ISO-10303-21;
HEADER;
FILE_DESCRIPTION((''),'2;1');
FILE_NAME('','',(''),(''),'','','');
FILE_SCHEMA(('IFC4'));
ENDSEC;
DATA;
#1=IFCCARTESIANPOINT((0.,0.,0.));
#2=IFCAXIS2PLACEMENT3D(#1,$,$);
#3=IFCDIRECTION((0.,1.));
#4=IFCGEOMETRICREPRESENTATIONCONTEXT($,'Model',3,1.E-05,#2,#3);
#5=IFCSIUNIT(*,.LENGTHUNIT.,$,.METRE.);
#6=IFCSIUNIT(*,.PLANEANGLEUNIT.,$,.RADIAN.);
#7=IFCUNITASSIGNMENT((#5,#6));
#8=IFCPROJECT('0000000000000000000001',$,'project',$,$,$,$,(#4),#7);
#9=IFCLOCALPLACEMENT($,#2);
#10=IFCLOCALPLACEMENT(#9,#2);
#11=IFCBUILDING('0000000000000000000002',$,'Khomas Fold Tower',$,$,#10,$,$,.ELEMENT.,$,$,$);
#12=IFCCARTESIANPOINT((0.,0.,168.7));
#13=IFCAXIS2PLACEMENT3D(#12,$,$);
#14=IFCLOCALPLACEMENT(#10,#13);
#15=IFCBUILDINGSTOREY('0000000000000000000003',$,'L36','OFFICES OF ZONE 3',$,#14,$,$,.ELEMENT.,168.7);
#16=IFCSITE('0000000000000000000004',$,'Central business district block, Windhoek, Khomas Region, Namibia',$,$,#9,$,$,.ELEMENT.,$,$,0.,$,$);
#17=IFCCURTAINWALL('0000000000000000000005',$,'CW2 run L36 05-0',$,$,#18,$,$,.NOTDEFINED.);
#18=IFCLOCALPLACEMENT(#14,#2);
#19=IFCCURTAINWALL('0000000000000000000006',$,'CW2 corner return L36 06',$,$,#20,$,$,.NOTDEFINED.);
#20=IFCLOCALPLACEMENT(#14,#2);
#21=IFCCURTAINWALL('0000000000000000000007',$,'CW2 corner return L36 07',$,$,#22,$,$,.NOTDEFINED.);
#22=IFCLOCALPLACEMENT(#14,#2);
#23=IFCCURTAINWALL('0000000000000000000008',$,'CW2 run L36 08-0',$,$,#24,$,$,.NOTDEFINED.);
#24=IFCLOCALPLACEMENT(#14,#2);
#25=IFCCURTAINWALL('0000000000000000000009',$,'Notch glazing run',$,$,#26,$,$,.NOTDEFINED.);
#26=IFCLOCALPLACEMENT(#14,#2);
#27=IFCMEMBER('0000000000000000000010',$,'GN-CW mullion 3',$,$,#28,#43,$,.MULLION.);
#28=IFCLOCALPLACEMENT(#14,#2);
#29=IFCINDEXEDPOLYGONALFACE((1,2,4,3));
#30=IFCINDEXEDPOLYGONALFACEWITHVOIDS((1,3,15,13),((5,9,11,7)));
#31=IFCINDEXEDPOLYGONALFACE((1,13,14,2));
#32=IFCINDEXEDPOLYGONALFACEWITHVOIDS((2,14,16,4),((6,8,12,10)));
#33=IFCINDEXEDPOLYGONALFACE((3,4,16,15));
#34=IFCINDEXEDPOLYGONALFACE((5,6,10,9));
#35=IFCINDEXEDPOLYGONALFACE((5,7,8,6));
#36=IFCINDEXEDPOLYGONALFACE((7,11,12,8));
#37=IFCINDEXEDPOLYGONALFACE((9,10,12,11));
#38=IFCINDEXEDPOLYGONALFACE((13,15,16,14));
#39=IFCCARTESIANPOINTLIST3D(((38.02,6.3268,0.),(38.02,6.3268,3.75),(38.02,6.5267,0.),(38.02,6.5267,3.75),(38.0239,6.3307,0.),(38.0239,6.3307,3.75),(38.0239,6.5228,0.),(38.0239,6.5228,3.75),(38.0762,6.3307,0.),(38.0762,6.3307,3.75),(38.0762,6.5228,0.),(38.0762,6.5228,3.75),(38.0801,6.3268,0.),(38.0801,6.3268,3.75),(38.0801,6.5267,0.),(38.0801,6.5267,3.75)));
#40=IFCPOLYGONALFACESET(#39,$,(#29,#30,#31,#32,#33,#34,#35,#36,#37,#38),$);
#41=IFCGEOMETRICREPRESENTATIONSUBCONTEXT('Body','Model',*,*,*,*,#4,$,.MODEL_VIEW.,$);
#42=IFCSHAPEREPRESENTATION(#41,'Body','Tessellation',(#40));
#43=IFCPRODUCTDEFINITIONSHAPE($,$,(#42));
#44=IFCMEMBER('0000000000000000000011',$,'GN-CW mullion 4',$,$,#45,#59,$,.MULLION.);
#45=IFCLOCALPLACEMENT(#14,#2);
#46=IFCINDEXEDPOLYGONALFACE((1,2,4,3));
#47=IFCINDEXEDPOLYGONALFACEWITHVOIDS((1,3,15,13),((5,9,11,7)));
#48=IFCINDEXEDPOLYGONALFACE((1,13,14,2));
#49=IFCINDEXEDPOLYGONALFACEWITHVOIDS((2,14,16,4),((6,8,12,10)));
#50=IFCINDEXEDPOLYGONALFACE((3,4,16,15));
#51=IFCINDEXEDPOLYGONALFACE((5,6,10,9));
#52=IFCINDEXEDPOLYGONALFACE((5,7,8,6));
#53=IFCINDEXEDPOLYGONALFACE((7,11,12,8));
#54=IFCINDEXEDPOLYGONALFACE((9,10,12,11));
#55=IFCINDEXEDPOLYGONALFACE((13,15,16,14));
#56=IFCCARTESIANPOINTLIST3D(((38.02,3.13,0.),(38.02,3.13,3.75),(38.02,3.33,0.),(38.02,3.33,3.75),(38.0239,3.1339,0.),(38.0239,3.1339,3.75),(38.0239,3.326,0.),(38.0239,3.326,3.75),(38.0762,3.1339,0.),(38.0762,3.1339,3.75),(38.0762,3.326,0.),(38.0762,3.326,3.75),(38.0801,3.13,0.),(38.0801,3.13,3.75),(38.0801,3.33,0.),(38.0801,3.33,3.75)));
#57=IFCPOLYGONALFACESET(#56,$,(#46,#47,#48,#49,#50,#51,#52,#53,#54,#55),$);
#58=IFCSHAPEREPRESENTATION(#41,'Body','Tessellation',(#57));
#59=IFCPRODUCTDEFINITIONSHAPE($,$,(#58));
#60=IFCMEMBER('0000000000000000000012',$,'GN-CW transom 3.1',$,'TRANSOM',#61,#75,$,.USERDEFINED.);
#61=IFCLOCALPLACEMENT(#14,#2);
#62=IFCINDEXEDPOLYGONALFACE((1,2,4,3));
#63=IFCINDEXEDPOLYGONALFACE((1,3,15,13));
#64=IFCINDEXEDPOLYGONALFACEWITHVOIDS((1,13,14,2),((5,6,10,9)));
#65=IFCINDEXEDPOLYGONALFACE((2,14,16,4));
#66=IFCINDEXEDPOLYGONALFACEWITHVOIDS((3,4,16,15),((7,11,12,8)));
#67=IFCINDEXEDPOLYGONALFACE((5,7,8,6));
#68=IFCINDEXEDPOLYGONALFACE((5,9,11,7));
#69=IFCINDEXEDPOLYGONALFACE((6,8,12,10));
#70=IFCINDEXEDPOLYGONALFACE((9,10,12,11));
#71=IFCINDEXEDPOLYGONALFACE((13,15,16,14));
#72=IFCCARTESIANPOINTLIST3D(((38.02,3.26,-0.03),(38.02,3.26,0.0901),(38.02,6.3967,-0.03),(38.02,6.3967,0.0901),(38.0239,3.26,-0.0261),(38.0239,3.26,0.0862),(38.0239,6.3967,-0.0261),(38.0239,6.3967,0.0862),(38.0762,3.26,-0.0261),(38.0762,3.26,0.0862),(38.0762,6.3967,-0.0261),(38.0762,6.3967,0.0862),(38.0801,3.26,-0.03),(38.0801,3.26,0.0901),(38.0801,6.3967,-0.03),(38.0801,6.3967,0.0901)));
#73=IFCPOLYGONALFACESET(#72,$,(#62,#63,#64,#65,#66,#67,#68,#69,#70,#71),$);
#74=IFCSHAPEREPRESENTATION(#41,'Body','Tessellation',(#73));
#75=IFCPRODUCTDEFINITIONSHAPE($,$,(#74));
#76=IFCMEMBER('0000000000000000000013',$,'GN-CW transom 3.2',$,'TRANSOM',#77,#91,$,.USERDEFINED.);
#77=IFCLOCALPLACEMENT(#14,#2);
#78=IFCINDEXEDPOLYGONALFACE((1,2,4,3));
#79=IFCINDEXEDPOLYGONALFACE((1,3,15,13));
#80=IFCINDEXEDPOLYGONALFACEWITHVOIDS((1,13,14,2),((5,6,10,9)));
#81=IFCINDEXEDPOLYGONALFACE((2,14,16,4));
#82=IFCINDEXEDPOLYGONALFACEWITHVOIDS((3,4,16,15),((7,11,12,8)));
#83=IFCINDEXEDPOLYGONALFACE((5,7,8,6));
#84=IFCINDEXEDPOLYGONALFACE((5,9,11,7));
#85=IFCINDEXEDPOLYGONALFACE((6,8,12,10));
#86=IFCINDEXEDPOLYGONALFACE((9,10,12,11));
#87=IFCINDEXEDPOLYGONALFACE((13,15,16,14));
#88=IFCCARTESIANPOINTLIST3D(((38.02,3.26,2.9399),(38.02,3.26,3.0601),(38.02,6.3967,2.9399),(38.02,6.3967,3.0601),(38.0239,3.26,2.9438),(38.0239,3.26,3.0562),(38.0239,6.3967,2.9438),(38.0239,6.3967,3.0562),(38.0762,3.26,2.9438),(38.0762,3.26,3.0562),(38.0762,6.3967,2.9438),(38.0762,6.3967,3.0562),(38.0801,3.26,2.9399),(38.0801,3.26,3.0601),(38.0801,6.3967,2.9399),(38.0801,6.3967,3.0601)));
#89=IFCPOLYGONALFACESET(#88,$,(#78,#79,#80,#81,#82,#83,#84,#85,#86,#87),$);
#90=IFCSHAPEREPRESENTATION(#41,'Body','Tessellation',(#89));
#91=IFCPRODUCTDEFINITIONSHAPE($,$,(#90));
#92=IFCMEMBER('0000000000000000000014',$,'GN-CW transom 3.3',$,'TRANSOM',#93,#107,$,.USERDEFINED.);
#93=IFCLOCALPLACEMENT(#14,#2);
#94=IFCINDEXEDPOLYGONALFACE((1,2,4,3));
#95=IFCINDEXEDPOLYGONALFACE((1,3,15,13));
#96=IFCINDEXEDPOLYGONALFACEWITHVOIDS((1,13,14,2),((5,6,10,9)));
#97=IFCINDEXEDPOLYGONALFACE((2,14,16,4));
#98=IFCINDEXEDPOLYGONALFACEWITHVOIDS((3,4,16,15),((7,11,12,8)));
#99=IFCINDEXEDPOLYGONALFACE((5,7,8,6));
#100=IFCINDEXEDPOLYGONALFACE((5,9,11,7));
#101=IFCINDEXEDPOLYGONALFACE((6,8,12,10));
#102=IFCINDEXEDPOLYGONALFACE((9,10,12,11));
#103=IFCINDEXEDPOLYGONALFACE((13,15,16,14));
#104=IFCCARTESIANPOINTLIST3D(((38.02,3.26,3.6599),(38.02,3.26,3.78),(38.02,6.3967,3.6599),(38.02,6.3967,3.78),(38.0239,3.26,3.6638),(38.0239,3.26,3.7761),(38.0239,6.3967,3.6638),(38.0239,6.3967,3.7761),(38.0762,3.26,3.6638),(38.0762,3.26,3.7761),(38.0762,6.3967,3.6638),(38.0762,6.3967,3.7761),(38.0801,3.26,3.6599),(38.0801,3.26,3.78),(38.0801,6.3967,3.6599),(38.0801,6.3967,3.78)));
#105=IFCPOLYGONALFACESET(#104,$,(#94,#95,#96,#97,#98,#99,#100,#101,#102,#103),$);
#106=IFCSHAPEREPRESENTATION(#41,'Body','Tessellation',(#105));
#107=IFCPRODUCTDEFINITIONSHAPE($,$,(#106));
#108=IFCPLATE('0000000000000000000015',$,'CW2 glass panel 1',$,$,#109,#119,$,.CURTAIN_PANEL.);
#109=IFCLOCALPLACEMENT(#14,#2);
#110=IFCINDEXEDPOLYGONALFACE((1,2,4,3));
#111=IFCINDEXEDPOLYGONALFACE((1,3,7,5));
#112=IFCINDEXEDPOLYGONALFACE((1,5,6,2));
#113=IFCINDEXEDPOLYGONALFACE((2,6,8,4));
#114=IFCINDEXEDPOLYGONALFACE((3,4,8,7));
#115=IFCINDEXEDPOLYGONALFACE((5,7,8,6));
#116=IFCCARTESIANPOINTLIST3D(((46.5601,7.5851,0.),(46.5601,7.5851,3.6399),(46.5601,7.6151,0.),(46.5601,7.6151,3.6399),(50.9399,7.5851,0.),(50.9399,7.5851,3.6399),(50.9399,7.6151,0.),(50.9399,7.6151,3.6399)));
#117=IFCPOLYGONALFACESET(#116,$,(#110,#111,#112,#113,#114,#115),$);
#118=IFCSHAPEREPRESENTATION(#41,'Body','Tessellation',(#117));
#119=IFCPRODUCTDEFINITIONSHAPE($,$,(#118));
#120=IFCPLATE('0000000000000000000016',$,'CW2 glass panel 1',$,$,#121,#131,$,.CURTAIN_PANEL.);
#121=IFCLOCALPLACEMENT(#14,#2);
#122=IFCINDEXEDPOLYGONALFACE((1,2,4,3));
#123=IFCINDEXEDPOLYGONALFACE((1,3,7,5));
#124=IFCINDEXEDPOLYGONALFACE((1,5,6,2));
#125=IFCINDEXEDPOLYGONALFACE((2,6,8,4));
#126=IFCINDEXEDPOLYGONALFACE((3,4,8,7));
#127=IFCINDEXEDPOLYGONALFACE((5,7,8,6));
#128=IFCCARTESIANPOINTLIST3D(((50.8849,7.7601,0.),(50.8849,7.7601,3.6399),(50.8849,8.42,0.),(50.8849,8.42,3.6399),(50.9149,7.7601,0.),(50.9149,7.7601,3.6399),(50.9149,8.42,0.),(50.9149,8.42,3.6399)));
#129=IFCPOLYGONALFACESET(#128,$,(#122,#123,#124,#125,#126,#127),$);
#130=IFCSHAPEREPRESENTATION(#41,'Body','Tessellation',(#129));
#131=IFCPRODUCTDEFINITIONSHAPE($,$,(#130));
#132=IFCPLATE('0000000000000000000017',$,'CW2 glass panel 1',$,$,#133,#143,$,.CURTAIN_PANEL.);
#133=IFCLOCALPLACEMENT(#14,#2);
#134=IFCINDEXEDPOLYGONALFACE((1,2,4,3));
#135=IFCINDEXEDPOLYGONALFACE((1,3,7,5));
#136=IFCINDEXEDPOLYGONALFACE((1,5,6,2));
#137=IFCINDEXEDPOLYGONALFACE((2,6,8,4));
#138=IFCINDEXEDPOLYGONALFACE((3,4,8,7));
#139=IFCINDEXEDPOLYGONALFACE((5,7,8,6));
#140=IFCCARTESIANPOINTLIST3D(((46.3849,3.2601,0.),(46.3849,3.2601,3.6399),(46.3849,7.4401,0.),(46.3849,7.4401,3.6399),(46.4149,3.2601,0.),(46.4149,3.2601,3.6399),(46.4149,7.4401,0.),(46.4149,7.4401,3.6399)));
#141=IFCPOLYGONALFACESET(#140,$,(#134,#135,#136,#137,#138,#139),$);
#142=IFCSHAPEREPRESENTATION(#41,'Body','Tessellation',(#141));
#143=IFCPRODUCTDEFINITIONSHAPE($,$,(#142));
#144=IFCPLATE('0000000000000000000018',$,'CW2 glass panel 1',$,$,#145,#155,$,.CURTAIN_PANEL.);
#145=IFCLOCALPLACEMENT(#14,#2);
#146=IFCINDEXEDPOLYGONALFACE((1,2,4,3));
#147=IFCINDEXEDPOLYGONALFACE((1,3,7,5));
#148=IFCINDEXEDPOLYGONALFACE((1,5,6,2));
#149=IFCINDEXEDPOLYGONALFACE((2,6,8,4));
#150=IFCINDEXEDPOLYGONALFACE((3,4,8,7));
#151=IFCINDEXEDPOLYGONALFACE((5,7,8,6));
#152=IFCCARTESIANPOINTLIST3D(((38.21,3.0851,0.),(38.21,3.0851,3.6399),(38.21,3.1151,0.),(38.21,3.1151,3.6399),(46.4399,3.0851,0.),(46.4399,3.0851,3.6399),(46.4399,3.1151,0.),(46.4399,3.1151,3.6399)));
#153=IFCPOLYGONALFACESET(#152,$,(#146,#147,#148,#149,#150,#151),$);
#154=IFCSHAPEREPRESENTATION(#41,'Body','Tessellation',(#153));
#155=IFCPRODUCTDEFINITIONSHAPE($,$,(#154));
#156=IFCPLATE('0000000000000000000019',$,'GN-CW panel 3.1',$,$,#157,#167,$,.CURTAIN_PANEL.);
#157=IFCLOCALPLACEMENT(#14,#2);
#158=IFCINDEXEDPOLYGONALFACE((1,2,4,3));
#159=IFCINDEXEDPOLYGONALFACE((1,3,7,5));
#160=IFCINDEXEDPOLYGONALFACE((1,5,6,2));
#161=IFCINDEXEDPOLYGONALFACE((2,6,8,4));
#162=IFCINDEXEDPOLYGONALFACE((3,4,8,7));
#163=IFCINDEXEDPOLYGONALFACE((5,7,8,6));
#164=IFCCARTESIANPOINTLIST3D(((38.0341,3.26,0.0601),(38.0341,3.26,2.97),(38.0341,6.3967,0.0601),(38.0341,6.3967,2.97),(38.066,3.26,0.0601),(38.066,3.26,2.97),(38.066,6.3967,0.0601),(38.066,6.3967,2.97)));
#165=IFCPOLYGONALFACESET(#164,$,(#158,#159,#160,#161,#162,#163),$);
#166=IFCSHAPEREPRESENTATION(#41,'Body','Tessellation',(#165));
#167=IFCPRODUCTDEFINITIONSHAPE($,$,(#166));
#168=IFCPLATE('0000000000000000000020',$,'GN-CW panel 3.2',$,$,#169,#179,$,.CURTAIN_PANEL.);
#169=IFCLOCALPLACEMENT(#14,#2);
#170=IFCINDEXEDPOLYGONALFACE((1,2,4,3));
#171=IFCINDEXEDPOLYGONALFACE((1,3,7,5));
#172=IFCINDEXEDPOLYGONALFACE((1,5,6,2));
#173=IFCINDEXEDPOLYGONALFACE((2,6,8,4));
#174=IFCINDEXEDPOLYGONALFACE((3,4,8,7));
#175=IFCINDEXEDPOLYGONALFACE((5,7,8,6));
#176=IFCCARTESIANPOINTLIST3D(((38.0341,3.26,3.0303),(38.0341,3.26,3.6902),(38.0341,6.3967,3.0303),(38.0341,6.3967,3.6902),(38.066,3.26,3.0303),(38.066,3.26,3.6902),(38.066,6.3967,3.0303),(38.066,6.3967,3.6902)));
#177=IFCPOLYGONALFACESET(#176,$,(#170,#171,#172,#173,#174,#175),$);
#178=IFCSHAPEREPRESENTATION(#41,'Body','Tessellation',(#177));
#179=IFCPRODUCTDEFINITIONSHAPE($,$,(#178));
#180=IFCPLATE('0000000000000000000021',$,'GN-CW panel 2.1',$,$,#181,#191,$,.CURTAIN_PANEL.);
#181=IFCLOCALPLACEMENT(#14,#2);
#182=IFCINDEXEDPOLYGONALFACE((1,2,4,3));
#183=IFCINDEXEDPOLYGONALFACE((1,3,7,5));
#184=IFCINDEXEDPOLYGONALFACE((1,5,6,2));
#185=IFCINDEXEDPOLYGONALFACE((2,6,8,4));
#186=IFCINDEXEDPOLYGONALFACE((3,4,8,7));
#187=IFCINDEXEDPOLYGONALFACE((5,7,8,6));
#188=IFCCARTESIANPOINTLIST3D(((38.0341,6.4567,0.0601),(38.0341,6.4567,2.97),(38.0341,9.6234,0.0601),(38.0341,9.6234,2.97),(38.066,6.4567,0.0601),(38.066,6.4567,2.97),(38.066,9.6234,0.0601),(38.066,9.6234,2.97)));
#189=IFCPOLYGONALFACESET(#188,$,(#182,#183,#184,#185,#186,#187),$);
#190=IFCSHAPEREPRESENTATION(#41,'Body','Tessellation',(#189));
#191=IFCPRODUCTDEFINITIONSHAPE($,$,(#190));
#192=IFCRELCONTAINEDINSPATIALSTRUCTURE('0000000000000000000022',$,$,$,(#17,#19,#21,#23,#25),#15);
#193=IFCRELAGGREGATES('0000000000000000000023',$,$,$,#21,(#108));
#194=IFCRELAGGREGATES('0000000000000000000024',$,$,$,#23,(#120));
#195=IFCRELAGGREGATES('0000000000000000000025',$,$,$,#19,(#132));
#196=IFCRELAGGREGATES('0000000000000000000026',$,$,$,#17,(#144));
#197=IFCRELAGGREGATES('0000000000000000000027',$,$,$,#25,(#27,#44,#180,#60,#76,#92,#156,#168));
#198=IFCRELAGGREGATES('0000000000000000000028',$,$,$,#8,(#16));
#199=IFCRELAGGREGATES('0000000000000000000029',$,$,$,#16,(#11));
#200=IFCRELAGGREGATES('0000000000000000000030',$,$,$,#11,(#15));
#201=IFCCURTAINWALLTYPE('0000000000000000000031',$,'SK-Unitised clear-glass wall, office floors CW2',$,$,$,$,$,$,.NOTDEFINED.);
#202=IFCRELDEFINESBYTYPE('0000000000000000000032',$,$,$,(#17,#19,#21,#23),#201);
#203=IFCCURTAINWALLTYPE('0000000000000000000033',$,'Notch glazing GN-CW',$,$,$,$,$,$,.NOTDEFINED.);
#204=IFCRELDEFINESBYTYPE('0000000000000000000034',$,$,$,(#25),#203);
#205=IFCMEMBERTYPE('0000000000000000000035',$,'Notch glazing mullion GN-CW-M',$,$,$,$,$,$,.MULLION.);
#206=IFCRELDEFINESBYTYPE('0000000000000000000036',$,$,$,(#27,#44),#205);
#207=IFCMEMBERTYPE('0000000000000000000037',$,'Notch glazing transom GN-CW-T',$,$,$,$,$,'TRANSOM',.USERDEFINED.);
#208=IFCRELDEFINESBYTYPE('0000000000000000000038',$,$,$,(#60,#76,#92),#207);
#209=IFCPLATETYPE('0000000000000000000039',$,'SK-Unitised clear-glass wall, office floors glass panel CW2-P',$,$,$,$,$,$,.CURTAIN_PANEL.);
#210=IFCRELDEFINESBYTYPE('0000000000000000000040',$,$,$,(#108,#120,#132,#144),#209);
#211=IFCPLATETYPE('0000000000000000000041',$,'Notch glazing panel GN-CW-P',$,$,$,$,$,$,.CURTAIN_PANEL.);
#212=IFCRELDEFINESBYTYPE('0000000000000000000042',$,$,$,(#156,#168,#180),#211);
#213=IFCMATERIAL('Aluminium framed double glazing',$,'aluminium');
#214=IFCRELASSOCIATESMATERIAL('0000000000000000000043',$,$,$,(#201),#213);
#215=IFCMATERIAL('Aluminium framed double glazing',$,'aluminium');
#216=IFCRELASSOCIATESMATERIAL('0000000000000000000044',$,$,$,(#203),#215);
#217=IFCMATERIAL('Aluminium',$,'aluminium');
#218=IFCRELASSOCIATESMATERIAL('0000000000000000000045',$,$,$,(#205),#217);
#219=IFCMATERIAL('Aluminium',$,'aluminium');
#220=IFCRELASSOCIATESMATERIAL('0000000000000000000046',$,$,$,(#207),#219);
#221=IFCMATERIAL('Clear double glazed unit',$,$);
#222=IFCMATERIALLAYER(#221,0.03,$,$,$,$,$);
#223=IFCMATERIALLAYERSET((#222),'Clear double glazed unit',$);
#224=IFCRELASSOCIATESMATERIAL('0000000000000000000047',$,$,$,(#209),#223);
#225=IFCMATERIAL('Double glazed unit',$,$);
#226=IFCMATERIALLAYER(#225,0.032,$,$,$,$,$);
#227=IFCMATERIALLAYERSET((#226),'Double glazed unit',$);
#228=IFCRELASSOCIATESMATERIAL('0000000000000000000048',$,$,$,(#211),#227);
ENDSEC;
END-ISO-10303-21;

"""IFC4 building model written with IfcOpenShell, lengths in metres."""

from ifc_helpers import new_model, si_unit, direction, frame, origin, origin_2d, place, context, subcontext, project, spatial, rectangle, hollow_rectangle, extrude, source, transform, mapped, material, layer, layer_set, material_profile, profile_set, type_object, element, aggregate, save


model = new_model("IFC4")

# Units and contexts
model_context = context("Model", 3, precision=1e-05, world=origin(), true_north=direction((0.0, 1.0)))
body_context = subcontext(model_context, "Body", "Model", "MODEL_VIEW")
ifc_project = project(units=[si_unit("LENGTHUNIT", "METRE"), si_unit("PLANEANGLEUNIT", "RADIAN")], contexts=[model_context])

# Site, building, storey
site_placement = place(None, origin())
site = spatial("IfcSite", under=ifc_project, at=site_placement, Name="Central business district block, Windhoek, Khomas Region, Namibia", CompositionType="ELEMENT", RefElevation=0.0)
building_placement = place(site_placement, origin())
building = spatial("IfcBuilding", under=site, at=building_placement, Name="Khomas Fold Tower", CompositionType="ELEMENT")
storey_placement = place(building_placement, frame((0.0, 0.0, 168.7)))
storey = spatial("IfcBuildingStorey", under=building, at=storey_placement, Name="L36", Description="OFFICES OF ZONE 3", CompositionType="ELEMENT", Elevation=168.7)

# Curtain walls
ifc_material_1 = material(Name="Aluminium framed double glazing", Category="aluminium")
curtain_wall_type_1 = type_object("IfcCurtainWallType", Name="SK-Unitised clear-glass wall, office floors CW2", PredefinedType="NOTDEFINED", material=ifc_material_1)
curtain_wall_1_placement = place(storey_placement, origin())
curtain_wall_1 = element("IfcCurtainWall", 1, at=curtain_wall_1_placement, inside=storey, type_object=curtain_wall_type_1, Name="CW2 run L36 05-0", PredefinedType="NOTDEFINED")
curtain_wall_2_placement = place(storey_placement, origin())
curtain_wall_2 = element("IfcCurtainWall", 2, at=curtain_wall_2_placement, inside=storey, type_object=curtain_wall_type_1, Name="CW2 corner return L36 06", PredefinedType="NOTDEFINED")
curtain_wall_3_placement = place(storey_placement, origin())
curtain_wall_3 = element("IfcCurtainWall", 3, at=curtain_wall_3_placement, inside=storey, type_object=curtain_wall_type_1, Name="CW2 corner return L36 07", PredefinedType="NOTDEFINED")

# Curtain wall
curtain_wall_4_placement = place(storey_placement, origin())
curtain_wall_4 = element("IfcCurtainWall", 4, at=curtain_wall_4_placement, inside=storey, type_object=curtain_wall_type_1, Name="CW2 run L36 08-0", PredefinedType="NOTDEFINED")

# Curtain wall, members
ifc_material_2 = material(Name="Aluminium framed double glazing", Category="aluminium")
curtain_wall_type_2 = type_object("IfcCurtainWallType", Name="Notch glazing GN-CW", PredefinedType="NOTDEFINED", material=ifc_material_2)
curtain_wall_5_placement = place(storey_placement, origin())
curtain_wall_5 = element("IfcCurtainWall", 5, at=curtain_wall_5_placement, inside=storey, type_object=curtain_wall_type_2, Name="Notch glazing run", PredefinedType="NOTDEFINED")
ifc_material_3 = material(Name="Aluminium", Category="aluminium")
ifc_material_profile_1 = material_profile(ifc_material_3, hollow_rectangle(XDim=0.0601, YDim=0.2, WallThickness=0.0039, at=origin_2d()), Name="Notch glazing mullion GN-CW-M")
ifc_profile_set_1 = profile_set([ifc_material_profile_1], Name="Aluminium")
member_type_1 = type_object("IfcMemberType", Name="Notch glazing mullion GN-CW-M", PredefinedType="MULLION", material=ifc_profile_set_1)
shared_shape_1 = source(origin(), body_context, "Body", "SweptSolid", [
    extrude(hollow_rectangle(XDim=0.0601, YDim=0.2, WallThickness=0.0039, at=origin_2d()), origin(), (0.0, 0.0, 1.0), 3.75),
])
member_1_placement = place(storey_placement, frame((38.05, 6.4268, 0.0), z_axis=(0.0, 0.0, 1.0), x_axis=(1.0, 0.0, 0.0)))
member_1 = element("IfcMember", 6, at=member_1_placement, type_object=member_type_1, Name="GN-CW mullion 3", PredefinedType="MULLION", context=body_context, shape_type="MappedRepresentation", body=[
    mapped(shared_shape_1, transform((0.0, 0.0, 0.0))),
])
member_2_placement = place(storey_placement, frame((38.05, 3.23, 0.0), z_axis=(0.0, 0.0, 1.0), x_axis=(1.0, 0.0, 0.0)))
member_2 = element("IfcMember", 7, at=member_2_placement, type_object=member_type_1, Name="GN-CW mullion 4", PredefinedType="MULLION", context=body_context, shape_type="MappedRepresentation", body=[
    mapped(shared_shape_1, transform((0.0, 0.0, 0.0))),
])
ifc_material_4 = material(Name="Aluminium", Category="aluminium")
ifc_material_profile_2 = material_profile(ifc_material_4, hollow_rectangle(XDim=0.0601, YDim=0.1201, WallThickness=0.0039, at=origin_2d()), Name="Notch glazing transom GN-CW-T")
ifc_profile_set_2 = profile_set([ifc_material_profile_2], Name="Aluminium")
member_type_2 = type_object("IfcMemberType", Name="Notch glazing transom GN-CW-T", ElementType="TRANSOM", PredefinedType="USERDEFINED", material=ifc_profile_set_2)
shared_shape_2 = source(origin(), body_context, "Body", "SweptSolid", [
    extrude(hollow_rectangle(XDim=0.0601, YDim=0.1201, WallThickness=0.0039, at=origin_2d()), origin(), (0.0, 0.0, 1.0), 3.1367),
])
member_3_placement = place(storey_placement, frame((38.05, 6.3967, 0.03), z_axis=(0.0, -1.0, 0.0), x_axis=(1.0, 0.0, 0.0)))
member_3 = element("IfcMember", 8, at=member_3_placement, type_object=member_type_2, Name="GN-CW transom 3.1", ObjectType="TRANSOM", PredefinedType="USERDEFINED", context=body_context, shape_type="MappedRepresentation", body=[
    mapped(shared_shape_2, transform((0.0, 0.0, 0.0))),
])
member_4_placement = place(storey_placement, frame((38.05, 6.3967, 3.0), z_axis=(0.0, -1.0, 0.0), x_axis=(1.0, 0.0, 0.0)))
member_4 = element("IfcMember", 9, at=member_4_placement, type_object=member_type_2, Name="GN-CW transom 3.2", ObjectType="TRANSOM", PredefinedType="USERDEFINED", context=body_context, shape_type="MappedRepresentation", body=[
    mapped(shared_shape_2, transform((0.0, 0.0, 0.0))),
])
member_5_placement = place(storey_placement, frame((38.05, 6.3967, 3.72), z_axis=(0.0, -1.0, 0.0), x_axis=(1.0, 0.0, 0.0)))
member_5 = element("IfcMember", 10, at=member_5_placement, type_object=member_type_2, Name="GN-CW transom 3.3", ObjectType="TRANSOM", PredefinedType="USERDEFINED", context=body_context, shape_type="MappedRepresentation", body=[
    mapped(shared_shape_2, transform((0.0, 0.0, 0.0))),
])

# Plates
ifc_material_5 = material(Name="Clear double glazed unit")
ifc_layer_1 = layer(ifc_material_5, 0.03)
ifc_layer_set_1 = layer_set([ifc_layer_1], Name="Clear double glazed unit")
plate_type_1 = type_object("IfcPlateType", Name="SK-Unitised clear-glass wall, office floors glass panel CW2-P", PredefinedType="CURTAIN_PANEL", material=ifc_layer_set_1)
shared_shape_3 = source(origin(), body_context, "Body", "SweptSolid", [
    extrude(rectangle(XDim=4.3799, YDim=0.03, at=origin_2d()), origin(), (0.0, 0.0, 1.0), 3.6399),
])
plate_1_placement = place(storey_placement, frame((48.75, 7.6001, 0.0), z_axis=(0.0, 0.0, 1.0), x_axis=(1.0, 0.0, 0.0)))
plate_1 = element("IfcPlate", 11, at=plate_1_placement, type_object=plate_type_1, Name="CW2 glass panel 1", PredefinedType="CURTAIN_PANEL", context=body_context, shape_type="MappedRepresentation", body=[
    mapped(shared_shape_3, transform((0.0, 0.0, 0.0))),
])
aggregate(curtain_wall_3, [plate_1])
shared_shape_4 = source(origin(), body_context, "Body", "SweptSolid", [
    extrude(rectangle(XDim=0.6599, YDim=0.03, at=origin_2d()), origin(), (0.0, 0.0, 1.0), 3.6399),
])
plate_2_placement = place(storey_placement, frame((50.8999, 8.0901, 0.0), z_axis=(0.0, 0.0, 1.0), x_axis=(0.0, 1.0, 0.0)))
plate_2 = element("IfcPlate", 12, at=plate_2_placement, type_object=plate_type_1, Name="CW2 glass panel 1", PredefinedType="CURTAIN_PANEL", context=body_context, shape_type="MappedRepresentation", body=[
    mapped(shared_shape_4, transform((0.0, 0.0, 0.0))),
])
aggregate(curtain_wall_4, [plate_2])
shared_shape_5 = source(origin(), body_context, "Body", "SweptSolid", [
    extrude(rectangle(XDim=4.1799, YDim=0.03, at=origin_2d()), origin(), (0.0, 0.0, 1.0), 3.6399),
])
plate_3_placement = place(storey_placement, frame((46.3999, 5.3501, 0.0), z_axis=(0.0, 0.0, 1.0), x_axis=(0.0, 1.0, 0.0)))
plate_3 = element("IfcPlate", 13, at=plate_3_placement, type_object=plate_type_1, Name="CW2 glass panel 1", PredefinedType="CURTAIN_PANEL", context=body_context, shape_type="MappedRepresentation", body=[
    mapped(shared_shape_5, transform((0.0, 0.0, 0.0))),
])
aggregate(curtain_wall_2, [plate_3])
shared_shape_6 = source(origin(), body_context, "Body", "SweptSolid", [
    extrude(rectangle(XDim=8.23, YDim=0.03, at=origin_2d()), origin(), (0.0, 0.0, 1.0), 3.6399),
])
plate_4_placement = place(storey_placement, frame((42.325, 3.1001, 0.0), z_axis=(0.0, 0.0, 1.0), x_axis=(1.0, 0.0, 0.0)))
plate_4 = element("IfcPlate", 14, at=plate_4_placement, type_object=plate_type_1, Name="CW2 glass panel 1", PredefinedType="CURTAIN_PANEL", context=body_context, shape_type="MappedRepresentation", body=[
    mapped(shared_shape_6, transform((0.0, 0.0, 0.0))),
])
aggregate(curtain_wall_1, [plate_4])
ifc_material_6 = material(Name="Double glazed unit")
ifc_layer_2 = layer(ifc_material_6, 0.032)
ifc_layer_set_2 = layer_set([ifc_layer_2], Name="Double glazed unit")
plate_type_2 = type_object("IfcPlateType", Name="Notch glazing panel GN-CW-P", PredefinedType="CURTAIN_PANEL", material=ifc_layer_set_2)
shared_shape_7 = source(origin(), body_context, "Body", "SweptSolid", [
    extrude(rectangle(XDim=3.1367, YDim=0.032, at=origin_2d()), origin(), (0.0, 0.0, 1.0), 2.9099),
])
plate_5_placement = place(storey_placement, frame((38.05, 4.8284, 0.0601), z_axis=(0.0, 0.0, 1.0), x_axis=(0.0, -1.0, 0.0)))
plate_5 = element("IfcPlate", 15, at=plate_5_placement, type_object=plate_type_2, Name="GN-CW panel 3.1", PredefinedType="CURTAIN_PANEL", context=body_context, shape_type="MappedRepresentation", body=[
    mapped(shared_shape_7, transform((0.0, 0.0, 0.0))),
])
shared_shape_8 = source(origin(), body_context, "Body", "SweptSolid", [
    extrude(rectangle(XDim=3.1367, YDim=0.032, at=origin_2d()), origin(), (0.0, 0.0, 1.0), 0.6599),
])
plate_6_placement = place(storey_placement, frame((38.05, 4.8284, 3.0303), z_axis=(0.0, 0.0, 1.0), x_axis=(0.0, -1.0, 0.0)))
plate_6 = element("IfcPlate", 16, at=plate_6_placement, type_object=plate_type_2, Name="GN-CW panel 3.2", PredefinedType="CURTAIN_PANEL", context=body_context, shape_type="MappedRepresentation", body=[
    mapped(shared_shape_8, transform((0.0, 0.0, 0.0))),
])
shared_shape_9 = source(origin(), body_context, "Body", "SweptSolid", [
    extrude(rectangle(XDim=3.1667, YDim=0.032, at=origin_2d()), origin(), (0.0, 0.0, 1.0), 2.9099),
])
plate_7_placement = place(storey_placement, frame((38.05, 8.04, 0.0601), z_axis=(0.0, 0.0, 1.0), x_axis=(0.0, -1.0, 0.0)))
plate_7 = element("IfcPlate", 17, at=plate_7_placement, type_object=plate_type_2, Name="GN-CW panel 2.1", PredefinedType="CURTAIN_PANEL", context=body_context, shape_type="MappedRepresentation", body=[
    mapped(shared_shape_9, transform((0.0, 0.0, 0.0))),
])
aggregate(curtain_wall_5, [member_1, member_2, plate_7, member_3, member_4, member_5, plate_5, plate_6])

save(model, "model.ifc")
